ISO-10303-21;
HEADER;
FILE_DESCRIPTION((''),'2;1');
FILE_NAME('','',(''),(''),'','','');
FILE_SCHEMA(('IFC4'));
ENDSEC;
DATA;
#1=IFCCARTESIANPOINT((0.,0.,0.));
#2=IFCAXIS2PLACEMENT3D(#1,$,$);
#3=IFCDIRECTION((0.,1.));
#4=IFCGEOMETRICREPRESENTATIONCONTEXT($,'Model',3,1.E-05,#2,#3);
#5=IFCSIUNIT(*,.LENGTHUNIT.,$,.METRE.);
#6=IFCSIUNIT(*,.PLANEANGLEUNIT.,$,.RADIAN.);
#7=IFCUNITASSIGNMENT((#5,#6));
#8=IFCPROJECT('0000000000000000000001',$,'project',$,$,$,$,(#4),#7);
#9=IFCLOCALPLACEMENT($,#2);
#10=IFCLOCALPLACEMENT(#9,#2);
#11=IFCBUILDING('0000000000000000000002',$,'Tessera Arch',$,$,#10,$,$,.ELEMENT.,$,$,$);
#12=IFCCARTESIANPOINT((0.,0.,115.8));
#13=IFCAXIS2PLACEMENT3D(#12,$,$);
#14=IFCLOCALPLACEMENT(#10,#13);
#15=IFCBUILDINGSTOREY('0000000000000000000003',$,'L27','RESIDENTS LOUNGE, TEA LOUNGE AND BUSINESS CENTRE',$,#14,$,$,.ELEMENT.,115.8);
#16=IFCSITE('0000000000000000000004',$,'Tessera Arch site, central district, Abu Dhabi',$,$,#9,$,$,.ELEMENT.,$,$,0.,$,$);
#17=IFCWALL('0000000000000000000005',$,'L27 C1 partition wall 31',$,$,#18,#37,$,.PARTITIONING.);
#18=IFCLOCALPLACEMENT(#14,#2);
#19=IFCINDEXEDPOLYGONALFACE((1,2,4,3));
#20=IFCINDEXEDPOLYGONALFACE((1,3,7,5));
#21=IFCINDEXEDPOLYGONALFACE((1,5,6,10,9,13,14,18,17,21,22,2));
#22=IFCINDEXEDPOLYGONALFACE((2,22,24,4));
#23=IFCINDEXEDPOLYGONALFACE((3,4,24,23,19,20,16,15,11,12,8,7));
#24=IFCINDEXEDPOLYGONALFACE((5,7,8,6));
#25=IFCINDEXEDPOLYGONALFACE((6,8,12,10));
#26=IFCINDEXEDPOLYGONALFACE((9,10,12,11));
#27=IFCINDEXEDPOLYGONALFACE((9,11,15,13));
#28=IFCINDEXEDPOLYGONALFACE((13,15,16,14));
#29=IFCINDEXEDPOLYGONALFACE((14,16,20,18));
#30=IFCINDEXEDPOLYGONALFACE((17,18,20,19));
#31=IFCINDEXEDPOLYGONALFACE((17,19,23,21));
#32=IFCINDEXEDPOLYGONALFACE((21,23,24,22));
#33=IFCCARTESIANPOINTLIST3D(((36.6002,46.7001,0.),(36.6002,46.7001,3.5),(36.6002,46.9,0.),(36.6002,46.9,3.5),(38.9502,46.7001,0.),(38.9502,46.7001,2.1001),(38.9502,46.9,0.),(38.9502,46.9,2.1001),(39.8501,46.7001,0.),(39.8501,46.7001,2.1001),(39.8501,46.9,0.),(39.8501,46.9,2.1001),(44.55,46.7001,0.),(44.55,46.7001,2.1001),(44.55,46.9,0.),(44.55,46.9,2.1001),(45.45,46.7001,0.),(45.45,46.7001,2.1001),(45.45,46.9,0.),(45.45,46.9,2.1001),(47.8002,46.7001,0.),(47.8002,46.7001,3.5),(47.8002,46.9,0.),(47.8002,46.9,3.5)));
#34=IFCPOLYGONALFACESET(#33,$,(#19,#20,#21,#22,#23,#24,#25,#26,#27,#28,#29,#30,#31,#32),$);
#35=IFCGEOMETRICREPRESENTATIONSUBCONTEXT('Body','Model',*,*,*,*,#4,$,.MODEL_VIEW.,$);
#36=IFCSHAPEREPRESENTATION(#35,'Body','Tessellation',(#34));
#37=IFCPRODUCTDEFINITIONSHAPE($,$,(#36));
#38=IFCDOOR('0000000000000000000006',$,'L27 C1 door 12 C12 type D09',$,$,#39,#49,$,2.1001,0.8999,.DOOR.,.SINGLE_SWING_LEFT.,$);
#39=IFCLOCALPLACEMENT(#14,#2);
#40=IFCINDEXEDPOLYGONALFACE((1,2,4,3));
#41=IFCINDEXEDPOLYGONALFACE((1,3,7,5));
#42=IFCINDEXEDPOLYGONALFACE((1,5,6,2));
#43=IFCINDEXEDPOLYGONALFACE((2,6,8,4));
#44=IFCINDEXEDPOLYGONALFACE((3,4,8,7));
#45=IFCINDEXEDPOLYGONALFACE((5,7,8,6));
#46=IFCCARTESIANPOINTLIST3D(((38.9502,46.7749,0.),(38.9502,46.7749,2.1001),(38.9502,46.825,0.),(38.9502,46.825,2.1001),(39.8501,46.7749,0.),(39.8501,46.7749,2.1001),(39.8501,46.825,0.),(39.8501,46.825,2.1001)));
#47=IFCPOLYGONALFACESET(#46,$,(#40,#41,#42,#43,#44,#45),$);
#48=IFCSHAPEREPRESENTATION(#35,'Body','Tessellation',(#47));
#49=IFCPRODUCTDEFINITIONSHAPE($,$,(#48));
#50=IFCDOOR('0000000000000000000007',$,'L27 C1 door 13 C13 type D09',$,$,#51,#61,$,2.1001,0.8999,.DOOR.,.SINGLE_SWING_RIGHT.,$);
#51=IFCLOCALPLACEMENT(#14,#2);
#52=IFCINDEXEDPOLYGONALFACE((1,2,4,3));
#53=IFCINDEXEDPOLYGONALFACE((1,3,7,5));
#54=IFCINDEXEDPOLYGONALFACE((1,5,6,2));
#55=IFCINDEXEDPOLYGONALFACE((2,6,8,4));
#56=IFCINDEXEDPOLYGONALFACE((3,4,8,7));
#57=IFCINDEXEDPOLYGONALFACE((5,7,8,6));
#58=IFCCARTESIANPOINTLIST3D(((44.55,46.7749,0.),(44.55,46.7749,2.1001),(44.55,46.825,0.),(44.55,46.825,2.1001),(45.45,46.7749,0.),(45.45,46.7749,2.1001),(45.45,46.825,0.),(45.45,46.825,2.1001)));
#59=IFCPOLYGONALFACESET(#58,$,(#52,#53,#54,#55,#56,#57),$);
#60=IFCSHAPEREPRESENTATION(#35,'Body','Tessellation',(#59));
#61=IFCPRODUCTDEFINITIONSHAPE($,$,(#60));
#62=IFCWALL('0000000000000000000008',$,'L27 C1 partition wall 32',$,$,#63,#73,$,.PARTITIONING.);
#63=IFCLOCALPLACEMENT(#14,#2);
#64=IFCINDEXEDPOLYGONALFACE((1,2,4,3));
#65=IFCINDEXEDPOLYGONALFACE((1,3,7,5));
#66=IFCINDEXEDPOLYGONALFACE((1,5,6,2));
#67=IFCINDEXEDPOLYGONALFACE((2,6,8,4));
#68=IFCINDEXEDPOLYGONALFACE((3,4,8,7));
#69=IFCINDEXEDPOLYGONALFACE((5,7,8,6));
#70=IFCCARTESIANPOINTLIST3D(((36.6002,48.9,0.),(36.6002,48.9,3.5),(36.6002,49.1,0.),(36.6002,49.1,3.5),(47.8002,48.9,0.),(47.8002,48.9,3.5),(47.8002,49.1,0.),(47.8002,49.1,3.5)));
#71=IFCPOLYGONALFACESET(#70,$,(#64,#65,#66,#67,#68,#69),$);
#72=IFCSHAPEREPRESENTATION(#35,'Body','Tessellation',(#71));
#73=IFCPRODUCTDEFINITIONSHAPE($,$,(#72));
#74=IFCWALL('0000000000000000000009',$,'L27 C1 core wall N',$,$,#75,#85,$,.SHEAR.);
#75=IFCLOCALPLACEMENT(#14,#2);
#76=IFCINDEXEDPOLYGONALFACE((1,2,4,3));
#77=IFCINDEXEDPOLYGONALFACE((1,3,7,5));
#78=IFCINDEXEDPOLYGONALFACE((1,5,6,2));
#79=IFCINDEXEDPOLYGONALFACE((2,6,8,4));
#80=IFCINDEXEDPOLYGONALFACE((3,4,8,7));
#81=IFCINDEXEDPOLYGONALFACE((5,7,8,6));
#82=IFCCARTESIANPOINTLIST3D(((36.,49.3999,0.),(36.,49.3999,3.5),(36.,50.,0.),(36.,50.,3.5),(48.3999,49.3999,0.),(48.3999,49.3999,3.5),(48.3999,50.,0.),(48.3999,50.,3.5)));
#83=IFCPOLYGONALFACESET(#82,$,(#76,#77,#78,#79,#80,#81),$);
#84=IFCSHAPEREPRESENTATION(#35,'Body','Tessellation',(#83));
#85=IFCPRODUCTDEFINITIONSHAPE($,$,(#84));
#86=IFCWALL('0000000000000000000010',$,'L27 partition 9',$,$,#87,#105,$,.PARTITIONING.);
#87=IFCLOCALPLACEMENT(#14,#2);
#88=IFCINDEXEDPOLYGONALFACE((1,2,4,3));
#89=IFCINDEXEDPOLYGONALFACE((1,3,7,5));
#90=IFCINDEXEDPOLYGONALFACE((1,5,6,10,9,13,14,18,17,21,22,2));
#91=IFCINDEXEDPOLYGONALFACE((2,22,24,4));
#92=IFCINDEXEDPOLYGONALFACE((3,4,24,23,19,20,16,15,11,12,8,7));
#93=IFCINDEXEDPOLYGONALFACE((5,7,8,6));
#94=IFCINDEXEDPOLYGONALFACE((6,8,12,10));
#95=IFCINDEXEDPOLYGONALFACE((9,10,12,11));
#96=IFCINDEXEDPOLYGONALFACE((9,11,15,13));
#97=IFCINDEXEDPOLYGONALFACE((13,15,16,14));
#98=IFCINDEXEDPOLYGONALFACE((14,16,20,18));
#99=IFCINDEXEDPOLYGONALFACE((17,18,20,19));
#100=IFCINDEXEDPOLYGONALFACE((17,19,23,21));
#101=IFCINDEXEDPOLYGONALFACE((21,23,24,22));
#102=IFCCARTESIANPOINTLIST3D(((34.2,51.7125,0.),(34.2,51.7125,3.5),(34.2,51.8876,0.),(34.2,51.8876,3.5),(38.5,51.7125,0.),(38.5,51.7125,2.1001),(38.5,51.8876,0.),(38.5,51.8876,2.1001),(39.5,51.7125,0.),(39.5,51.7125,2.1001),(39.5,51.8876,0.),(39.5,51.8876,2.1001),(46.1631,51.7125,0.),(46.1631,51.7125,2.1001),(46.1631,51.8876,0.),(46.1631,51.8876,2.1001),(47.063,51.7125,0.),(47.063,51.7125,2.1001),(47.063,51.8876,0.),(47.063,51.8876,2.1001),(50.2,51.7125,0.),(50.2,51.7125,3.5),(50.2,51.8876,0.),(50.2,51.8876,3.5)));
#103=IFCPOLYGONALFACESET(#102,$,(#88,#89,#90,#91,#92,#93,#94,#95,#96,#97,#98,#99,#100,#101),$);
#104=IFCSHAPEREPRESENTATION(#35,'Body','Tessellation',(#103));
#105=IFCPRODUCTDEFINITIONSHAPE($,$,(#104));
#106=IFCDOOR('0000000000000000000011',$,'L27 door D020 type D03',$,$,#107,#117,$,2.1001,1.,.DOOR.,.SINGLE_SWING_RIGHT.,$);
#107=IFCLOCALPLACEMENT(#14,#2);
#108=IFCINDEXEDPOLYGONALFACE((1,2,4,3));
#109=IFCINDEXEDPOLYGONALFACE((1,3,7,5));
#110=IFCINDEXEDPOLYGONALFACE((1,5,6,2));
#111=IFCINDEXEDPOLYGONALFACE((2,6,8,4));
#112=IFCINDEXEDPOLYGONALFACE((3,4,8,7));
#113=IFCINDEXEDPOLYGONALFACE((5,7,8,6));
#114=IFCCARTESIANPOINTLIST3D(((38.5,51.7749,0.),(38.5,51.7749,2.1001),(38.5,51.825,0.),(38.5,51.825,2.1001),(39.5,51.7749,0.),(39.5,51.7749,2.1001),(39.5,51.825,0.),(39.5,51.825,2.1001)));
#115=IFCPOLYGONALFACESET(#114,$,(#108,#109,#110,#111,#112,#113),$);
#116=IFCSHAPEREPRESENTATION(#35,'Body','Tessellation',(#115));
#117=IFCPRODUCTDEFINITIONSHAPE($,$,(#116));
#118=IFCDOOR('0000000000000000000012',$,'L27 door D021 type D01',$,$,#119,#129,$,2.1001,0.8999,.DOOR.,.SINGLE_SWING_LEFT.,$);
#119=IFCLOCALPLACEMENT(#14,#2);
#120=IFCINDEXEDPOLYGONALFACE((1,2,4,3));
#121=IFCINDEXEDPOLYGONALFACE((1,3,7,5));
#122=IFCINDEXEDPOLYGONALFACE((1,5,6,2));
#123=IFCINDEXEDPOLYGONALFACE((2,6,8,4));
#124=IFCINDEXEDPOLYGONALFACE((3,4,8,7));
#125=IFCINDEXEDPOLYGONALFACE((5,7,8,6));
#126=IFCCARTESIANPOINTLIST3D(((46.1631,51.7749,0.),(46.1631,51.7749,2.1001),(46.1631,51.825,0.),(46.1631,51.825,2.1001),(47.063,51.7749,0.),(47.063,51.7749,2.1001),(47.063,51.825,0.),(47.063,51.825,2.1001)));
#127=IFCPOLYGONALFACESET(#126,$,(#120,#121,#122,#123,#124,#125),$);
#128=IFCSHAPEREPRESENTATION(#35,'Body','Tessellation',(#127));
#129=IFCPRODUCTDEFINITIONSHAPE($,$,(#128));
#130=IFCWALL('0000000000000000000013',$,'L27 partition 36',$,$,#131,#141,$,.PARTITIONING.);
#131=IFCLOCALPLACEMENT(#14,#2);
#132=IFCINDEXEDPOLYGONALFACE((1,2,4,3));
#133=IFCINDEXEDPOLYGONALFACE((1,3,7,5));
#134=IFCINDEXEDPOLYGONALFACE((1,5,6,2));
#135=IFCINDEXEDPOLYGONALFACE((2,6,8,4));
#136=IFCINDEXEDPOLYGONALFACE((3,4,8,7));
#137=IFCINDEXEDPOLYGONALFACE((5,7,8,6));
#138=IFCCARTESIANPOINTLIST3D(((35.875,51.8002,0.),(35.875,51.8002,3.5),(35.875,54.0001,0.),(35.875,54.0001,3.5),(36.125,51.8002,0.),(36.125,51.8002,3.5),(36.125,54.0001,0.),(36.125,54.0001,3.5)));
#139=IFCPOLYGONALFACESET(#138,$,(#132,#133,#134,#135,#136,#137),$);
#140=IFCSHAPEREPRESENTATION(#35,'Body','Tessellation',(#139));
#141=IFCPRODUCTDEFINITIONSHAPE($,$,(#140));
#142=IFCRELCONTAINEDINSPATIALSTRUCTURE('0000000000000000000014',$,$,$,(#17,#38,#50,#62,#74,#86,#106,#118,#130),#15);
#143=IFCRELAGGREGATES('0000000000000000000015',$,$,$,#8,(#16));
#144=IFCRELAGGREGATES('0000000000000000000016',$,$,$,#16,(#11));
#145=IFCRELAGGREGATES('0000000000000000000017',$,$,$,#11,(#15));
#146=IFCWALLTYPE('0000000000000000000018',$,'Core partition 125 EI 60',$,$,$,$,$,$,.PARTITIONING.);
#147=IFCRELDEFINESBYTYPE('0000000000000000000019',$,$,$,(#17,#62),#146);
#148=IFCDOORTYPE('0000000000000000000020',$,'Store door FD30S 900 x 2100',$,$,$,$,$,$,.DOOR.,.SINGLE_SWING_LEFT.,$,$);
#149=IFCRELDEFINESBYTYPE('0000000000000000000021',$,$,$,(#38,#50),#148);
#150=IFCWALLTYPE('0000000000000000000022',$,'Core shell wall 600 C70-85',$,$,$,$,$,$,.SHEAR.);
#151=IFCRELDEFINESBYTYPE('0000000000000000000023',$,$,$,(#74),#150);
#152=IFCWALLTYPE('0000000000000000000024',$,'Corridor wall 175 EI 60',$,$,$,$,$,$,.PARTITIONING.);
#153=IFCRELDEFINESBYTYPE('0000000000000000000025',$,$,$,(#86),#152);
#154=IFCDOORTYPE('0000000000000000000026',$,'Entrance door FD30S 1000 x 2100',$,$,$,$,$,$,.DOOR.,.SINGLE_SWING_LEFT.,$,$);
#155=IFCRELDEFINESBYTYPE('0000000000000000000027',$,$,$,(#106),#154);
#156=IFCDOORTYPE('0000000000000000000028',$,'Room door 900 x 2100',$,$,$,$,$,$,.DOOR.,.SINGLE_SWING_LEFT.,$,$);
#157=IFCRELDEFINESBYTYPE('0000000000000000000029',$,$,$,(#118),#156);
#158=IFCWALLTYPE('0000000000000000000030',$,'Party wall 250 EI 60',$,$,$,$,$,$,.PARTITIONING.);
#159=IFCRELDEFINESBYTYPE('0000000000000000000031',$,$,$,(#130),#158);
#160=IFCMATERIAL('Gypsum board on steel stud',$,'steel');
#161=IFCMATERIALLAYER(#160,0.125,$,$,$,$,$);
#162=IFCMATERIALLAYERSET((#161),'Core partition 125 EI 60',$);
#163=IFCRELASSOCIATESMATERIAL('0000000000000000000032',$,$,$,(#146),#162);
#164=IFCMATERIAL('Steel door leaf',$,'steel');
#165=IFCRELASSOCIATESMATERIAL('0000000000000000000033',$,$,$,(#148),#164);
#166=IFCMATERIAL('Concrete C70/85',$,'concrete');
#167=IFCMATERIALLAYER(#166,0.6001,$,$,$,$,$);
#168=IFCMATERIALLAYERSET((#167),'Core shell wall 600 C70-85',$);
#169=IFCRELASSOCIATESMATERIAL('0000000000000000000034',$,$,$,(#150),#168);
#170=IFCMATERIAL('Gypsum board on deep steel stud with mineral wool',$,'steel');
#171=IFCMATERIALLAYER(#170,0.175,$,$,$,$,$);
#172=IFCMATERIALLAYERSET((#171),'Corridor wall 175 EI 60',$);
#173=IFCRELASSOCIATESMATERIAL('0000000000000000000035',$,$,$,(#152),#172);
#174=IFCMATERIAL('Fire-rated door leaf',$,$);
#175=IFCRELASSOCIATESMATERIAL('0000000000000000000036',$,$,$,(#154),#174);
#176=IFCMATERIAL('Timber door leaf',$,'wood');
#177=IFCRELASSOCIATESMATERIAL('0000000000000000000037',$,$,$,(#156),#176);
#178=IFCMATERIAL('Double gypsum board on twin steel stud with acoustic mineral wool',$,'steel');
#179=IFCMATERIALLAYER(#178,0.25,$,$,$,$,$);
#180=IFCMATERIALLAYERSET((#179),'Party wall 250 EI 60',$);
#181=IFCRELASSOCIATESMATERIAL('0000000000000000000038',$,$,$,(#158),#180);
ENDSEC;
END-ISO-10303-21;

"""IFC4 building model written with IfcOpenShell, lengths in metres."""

from ifc_helpers import new_model, si_unit, direction, frame, frame_2d, origin, place, context, subcontext, project, spatial, rectangle, extrude, material, layer, layer_set, type_object, element, fill, save


model = new_model("IFC4")

# Units and contexts
model_context = context("Model", 3, precision=1e-05, world=origin(), true_north=direction((0.0, 1.0)))
body_context = subcontext(model_context, "Body", "Model", "MODEL_VIEW")
ifc_project = project(units=[si_unit("LENGTHUNIT", "METRE"), si_unit("PLANEANGLEUNIT", "RADIAN")], contexts=[model_context])

# Site, building, storey
site_placement = place(None, origin())
site = spatial("IfcSite", under=ifc_project, at=site_placement, Name="Tessera Arch site, central district, Abu Dhabi", CompositionType="ELEMENT", RefElevation=0.0)
building_placement = place(site_placement, origin())
building = spatial("IfcBuilding", under=site, at=building_placement, Name="Tessera Arch", CompositionType="ELEMENT")
storey_placement = place(building_placement, frame((0.0, 0.0, 115.8)))
storey = spatial("IfcBuildingStorey", under=building, at=storey_placement, Name="L27", Description="RESIDENTS LOUNGE, TEA LOUNGE AND BUSINESS CENTRE", CompositionType="ELEMENT", Elevation=115.8)

# Wall, openings, doors
ifc_material_1 = material(Name="Gypsum board on steel stud", Category="steel")
ifc_layer_1 = layer(ifc_material_1, 0.125)
ifc_layer_set_1 = layer_set([ifc_layer_1], Name="Core partition 125 EI 60")
wall_type_1 = type_object("IfcWallType", Name="Core partition 125 EI 60", PredefinedType="PARTITIONING", material=ifc_layer_set_1)
wall_1_placement = place(storey_placement, frame((36.6001, 46.8, 0.0), z_axis=(0.0, 0.0, 1.0), x_axis=(1.0, 0.0, 0.0)))
wall_1 = element("IfcWall", 1, at=wall_1_placement, inside=storey, type_object=wall_type_1, Name="L27 C1 partition wall 31", PredefinedType="PARTITIONING", context=body_context, shape_type="SweptSolid", body=[
    extrude(rectangle(XDim=11.2, YDim=0.2, at=frame_2d((5.6001, 0.0))), origin(), (0.0, 0.0, 1.0), 3.5),
])
opening_1_placement = place(wall_1_placement, frame((2.3501, 0.0, 0.0)))
opening_1 = element("IfcOpeningElement", 2, at=opening_1_placement, cuts=wall_1, PredefinedType="OPENING", context=body_context, shape_type="SweptSolid", body=[
    extrude(rectangle(XDim=0.8999, YDim=2.1001, at=frame_2d((0.45, 1.05))), frame((0.0, 0.1099, 0.0), z_axis=(0.0, -1.0, 0.0), x_axis=(1.0, 0.0, 0.0)), (0.0, 0.0, 1.0), 0.22),
])
opening_2_placement = place(wall_1_placement, frame((7.95, 0.0, 0.0)))
opening_2 = element("IfcOpeningElement", 3, at=opening_2_placement, cuts=wall_1, PredefinedType="OPENING", context=body_context, shape_type="SweptSolid", body=[
    extrude(rectangle(XDim=0.8999, YDim=2.1001, at=frame_2d((0.45, 1.05))), frame((0.0, 0.1099, 0.0), z_axis=(0.0, -1.0, 0.0), x_axis=(1.0, 0.0, 0.0)), (0.0, 0.0, 1.0), 0.22),
])
ifc_material_2 = material(Name="Steel door leaf", Category="steel")
door_type_1 = type_object("IfcDoorType", Name="Store door FD30S 900 x 2100", OperationType="SINGLE_SWING_LEFT", PredefinedType="DOOR", material=ifc_material_2)
door_1_placement = place(opening_1_placement, origin())
door_1 = element("IfcDoor", 4, at=door_1_placement, inside=storey, type_object=door_type_1, Name="L27 C1 door 12 C12 type D09", OperationType="SINGLE_SWING_LEFT", OverallHeight=2.1001, OverallWidth=0.8999, PredefinedType="DOOR", context=body_context, shape_type="SweptSolid", body=[
    extrude(rectangle(XDim=0.8999, YDim=2.1001, at=frame_2d((0.45, 1.05))), frame((0.0, 0.0249, 0.0), z_axis=(0.0, -1.0, 0.0), x_axis=(1.0, 0.0, 0.0)), (0.0, 0.0, 1.0), 0.05),
])
fill(opening_1, door_1)
door_2_placement = place(opening_2_placement, origin())
door_2 = element("IfcDoor", 5, at=door_2_placement, inside=storey, type_object=door_type_1, Name="L27 C1 door 13 C13 type D09", OperationType="SINGLE_SWING_RIGHT", OverallHeight=2.1001, OverallWidth=0.8999, PredefinedType="DOOR", context=body_context, shape_type="SweptSolid", body=[
    extrude(rectangle(XDim=0.8999, YDim=2.1001, at=frame_2d((0.45, 1.05))), frame((0.0, 0.0249, 0.0), z_axis=(0.0, -1.0, 0.0), x_axis=(1.0, 0.0, 0.0)), (0.0, 0.0, 1.0), 0.05),
])
fill(opening_2, door_2)

# Walls
wall_2_placement = place(storey_placement, frame((36.6001, 49.0, 0.0), z_axis=(0.0, 0.0, 1.0), x_axis=(1.0, 0.0, 0.0)))
element("IfcWall", 6, at=wall_2_placement, inside=storey, type_object=wall_type_1, Name="L27 C1 partition wall 32", PredefinedType="PARTITIONING", context=body_context, shape_type="SweptSolid", body=[
    extrude(rectangle(XDim=11.2, YDim=0.2, at=frame_2d((5.6001, 0.0))), origin(), (0.0, 0.0, 1.0), 3.5),
])
ifc_material_3 = material(Name="Concrete C70/85", Category="concrete")
ifc_layer_2 = layer(ifc_material_3, 0.6001)
ifc_layer_set_2 = layer_set([ifc_layer_2], Name="Core shell wall 600 C70-85")
wall_type_2 = type_object("IfcWallType", Name="Core shell wall 600 C70-85", PredefinedType="SHEAR", material=ifc_layer_set_2)
wall_3_placement = place(storey_placement, frame((36.0, 49.7, 0.0), z_axis=(0.0, 0.0, 1.0), x_axis=(1.0, 0.0, 0.0)))
element("IfcWall", 7, at=wall_3_placement, inside=storey, type_object=wall_type_2, Name="L27 C1 core wall N", PredefinedType="SHEAR", context=body_context, shape_type="SweptSolid", body=[
    extrude(rectangle(XDim=12.3999, YDim=0.6001, at=frame_2d((6.2, 0.0))), origin(), (0.0, 0.0, 1.0), 3.5),
])

# Wall, openings, doors
ifc_material_4 = material(Name="Gypsum board on deep steel stud with mineral wool", Category="steel")
ifc_layer_3 = layer(ifc_material_4, 0.175)
ifc_layer_set_3 = layer_set([ifc_layer_3], Name="Corridor wall 175 EI 60")
wall_type_3 = type_object("IfcWallType", Name="Corridor wall 175 EI 60", PredefinedType="PARTITIONING", material=ifc_layer_set_3)
wall_4_placement = place(storey_placement, frame((34.2, 51.8, 0.0), z_axis=(0.0, 0.0, 1.0), x_axis=(1.0, 0.0, 0.0)))
wall_4 = element("IfcWall", 8, at=wall_4_placement, inside=storey, type_object=wall_type_3, Name="L27 partition 9", PredefinedType="PARTITIONING", context=body_context, shape_type="SweptSolid", body=[
    extrude(rectangle(XDim=16.0, YDim=0.175, at=frame_2d((8.0, 0.0))), origin(), (0.0, 0.0, 1.0), 3.5),
])
opening_3_placement = place(wall_4_placement, frame((4.3, 0.0, 0.0)))
opening_3 = element("IfcOpeningElement", 9, at=opening_3_placement, cuts=wall_4, PredefinedType="OPENING", context=body_context, shape_type="SweptSolid", body=[
    extrude(rectangle(XDim=1.0, YDim=2.1001, at=frame_2d((0.5, 1.05))), frame((0.0, 0.0974, 0.0), z_axis=(0.0, -1.0, 0.0), x_axis=(1.0, 0.0, 0.0)), (0.0, 0.0, 1.0), 0.1951),
])
opening_4_placement = place(wall_4_placement, frame((11.9631, 0.0, 0.0)))
opening_4 = element("IfcOpeningElement", 10, at=opening_4_placement, cuts=wall_4, PredefinedType="OPENING", context=body_context, shape_type="SweptSolid", body=[
    extrude(rectangle(XDim=0.8999, YDim=2.1001, at=frame_2d((0.45, 1.05))), frame((0.0, 0.0974, 0.0), z_axis=(0.0, -1.0, 0.0), x_axis=(1.0, 0.0, 0.0)), (0.0, 0.0, 1.0), 0.1951),
])
ifc_material_5 = material(Name="Fire-rated door leaf")
door_type_2 = type_object("IfcDoorType", Name="Entrance door FD30S 1000 x 2100", OperationType="SINGLE_SWING_LEFT", PredefinedType="DOOR", material=ifc_material_5)
door_3_placement = place(opening_3_placement, origin())
door_3 = element("IfcDoor", 11, at=door_3_placement, inside=storey, type_object=door_type_2, Name="L27 door D020 type D03", OperationType="SINGLE_SWING_RIGHT", OverallHeight=2.1001, OverallWidth=1.0, PredefinedType="DOOR", context=body_context, shape_type="SweptSolid", body=[
    extrude(rectangle(XDim=1.0, YDim=2.1001, at=frame_2d((0.5, 1.05))), frame((0.0, 0.0249, 0.0), z_axis=(0.0, -1.0, 0.0), x_axis=(1.0, 0.0, 0.0)), (0.0, 0.0, 1.0), 0.05),
])
fill(opening_3, door_3)
ifc_material_6 = material(Name="Timber door leaf", Category="wood")
door_type_3 = type_object("IfcDoorType", Name="Room door 900 x 2100", OperationType="SINGLE_SWING_LEFT", PredefinedType="DOOR", material=ifc_material_6)
door_4_placement = place(opening_4_placement, origin())
door_4 = element("IfcDoor", 12, at=door_4_placement, inside=storey, type_object=door_type_3, Name="L27 door D021 type D01", OperationType="SINGLE_SWING_LEFT", OverallHeight=2.1001, OverallWidth=0.8999, PredefinedType="DOOR", context=body_context, shape_type="SweptSolid", body=[
    extrude(rectangle(XDim=0.8999, YDim=2.1001, at=frame_2d((0.45, 1.05))), frame((0.0, 0.0249, 0.0), z_axis=(0.0, -1.0, 0.0), x_axis=(1.0, 0.0, 0.0)), (0.0, 0.0, 1.0), 0.05),
])
fill(opening_4, door_4)

# Wall
ifc_material_7 = material(Name="Double gypsum board on twin steel stud with acoustic mineral wool", Category="steel")
ifc_layer_4 = layer(ifc_material_7, 0.25)
ifc_layer_set_4 = layer_set([ifc_layer_4], Name="Party wall 250 EI 60")
wall_type_4 = type_object("IfcWallType", Name="Party wall 250 EI 60", PredefinedType="PARTITIONING", material=ifc_layer_set_4)
wall_5_placement = place(storey_placement, frame((36.0, 51.8, 0.0), z_axis=(0.0, 0.0, 1.0), x_axis=(0.0, 1.0, 0.0)))
element("IfcWall", 13, at=wall_5_placement, inside=storey, type_object=wall_type_4, Name="L27 partition 36", PredefinedType="PARTITIONING", context=body_context, shape_type="SweptSolid", body=[
    extrude(rectangle(XDim=2.2, YDim=0.25, at=frame_2d((1.1001, 0.0))), origin(), (0.0, 0.0, 1.0), 3.5),
])

save(model, "model.ifc")
